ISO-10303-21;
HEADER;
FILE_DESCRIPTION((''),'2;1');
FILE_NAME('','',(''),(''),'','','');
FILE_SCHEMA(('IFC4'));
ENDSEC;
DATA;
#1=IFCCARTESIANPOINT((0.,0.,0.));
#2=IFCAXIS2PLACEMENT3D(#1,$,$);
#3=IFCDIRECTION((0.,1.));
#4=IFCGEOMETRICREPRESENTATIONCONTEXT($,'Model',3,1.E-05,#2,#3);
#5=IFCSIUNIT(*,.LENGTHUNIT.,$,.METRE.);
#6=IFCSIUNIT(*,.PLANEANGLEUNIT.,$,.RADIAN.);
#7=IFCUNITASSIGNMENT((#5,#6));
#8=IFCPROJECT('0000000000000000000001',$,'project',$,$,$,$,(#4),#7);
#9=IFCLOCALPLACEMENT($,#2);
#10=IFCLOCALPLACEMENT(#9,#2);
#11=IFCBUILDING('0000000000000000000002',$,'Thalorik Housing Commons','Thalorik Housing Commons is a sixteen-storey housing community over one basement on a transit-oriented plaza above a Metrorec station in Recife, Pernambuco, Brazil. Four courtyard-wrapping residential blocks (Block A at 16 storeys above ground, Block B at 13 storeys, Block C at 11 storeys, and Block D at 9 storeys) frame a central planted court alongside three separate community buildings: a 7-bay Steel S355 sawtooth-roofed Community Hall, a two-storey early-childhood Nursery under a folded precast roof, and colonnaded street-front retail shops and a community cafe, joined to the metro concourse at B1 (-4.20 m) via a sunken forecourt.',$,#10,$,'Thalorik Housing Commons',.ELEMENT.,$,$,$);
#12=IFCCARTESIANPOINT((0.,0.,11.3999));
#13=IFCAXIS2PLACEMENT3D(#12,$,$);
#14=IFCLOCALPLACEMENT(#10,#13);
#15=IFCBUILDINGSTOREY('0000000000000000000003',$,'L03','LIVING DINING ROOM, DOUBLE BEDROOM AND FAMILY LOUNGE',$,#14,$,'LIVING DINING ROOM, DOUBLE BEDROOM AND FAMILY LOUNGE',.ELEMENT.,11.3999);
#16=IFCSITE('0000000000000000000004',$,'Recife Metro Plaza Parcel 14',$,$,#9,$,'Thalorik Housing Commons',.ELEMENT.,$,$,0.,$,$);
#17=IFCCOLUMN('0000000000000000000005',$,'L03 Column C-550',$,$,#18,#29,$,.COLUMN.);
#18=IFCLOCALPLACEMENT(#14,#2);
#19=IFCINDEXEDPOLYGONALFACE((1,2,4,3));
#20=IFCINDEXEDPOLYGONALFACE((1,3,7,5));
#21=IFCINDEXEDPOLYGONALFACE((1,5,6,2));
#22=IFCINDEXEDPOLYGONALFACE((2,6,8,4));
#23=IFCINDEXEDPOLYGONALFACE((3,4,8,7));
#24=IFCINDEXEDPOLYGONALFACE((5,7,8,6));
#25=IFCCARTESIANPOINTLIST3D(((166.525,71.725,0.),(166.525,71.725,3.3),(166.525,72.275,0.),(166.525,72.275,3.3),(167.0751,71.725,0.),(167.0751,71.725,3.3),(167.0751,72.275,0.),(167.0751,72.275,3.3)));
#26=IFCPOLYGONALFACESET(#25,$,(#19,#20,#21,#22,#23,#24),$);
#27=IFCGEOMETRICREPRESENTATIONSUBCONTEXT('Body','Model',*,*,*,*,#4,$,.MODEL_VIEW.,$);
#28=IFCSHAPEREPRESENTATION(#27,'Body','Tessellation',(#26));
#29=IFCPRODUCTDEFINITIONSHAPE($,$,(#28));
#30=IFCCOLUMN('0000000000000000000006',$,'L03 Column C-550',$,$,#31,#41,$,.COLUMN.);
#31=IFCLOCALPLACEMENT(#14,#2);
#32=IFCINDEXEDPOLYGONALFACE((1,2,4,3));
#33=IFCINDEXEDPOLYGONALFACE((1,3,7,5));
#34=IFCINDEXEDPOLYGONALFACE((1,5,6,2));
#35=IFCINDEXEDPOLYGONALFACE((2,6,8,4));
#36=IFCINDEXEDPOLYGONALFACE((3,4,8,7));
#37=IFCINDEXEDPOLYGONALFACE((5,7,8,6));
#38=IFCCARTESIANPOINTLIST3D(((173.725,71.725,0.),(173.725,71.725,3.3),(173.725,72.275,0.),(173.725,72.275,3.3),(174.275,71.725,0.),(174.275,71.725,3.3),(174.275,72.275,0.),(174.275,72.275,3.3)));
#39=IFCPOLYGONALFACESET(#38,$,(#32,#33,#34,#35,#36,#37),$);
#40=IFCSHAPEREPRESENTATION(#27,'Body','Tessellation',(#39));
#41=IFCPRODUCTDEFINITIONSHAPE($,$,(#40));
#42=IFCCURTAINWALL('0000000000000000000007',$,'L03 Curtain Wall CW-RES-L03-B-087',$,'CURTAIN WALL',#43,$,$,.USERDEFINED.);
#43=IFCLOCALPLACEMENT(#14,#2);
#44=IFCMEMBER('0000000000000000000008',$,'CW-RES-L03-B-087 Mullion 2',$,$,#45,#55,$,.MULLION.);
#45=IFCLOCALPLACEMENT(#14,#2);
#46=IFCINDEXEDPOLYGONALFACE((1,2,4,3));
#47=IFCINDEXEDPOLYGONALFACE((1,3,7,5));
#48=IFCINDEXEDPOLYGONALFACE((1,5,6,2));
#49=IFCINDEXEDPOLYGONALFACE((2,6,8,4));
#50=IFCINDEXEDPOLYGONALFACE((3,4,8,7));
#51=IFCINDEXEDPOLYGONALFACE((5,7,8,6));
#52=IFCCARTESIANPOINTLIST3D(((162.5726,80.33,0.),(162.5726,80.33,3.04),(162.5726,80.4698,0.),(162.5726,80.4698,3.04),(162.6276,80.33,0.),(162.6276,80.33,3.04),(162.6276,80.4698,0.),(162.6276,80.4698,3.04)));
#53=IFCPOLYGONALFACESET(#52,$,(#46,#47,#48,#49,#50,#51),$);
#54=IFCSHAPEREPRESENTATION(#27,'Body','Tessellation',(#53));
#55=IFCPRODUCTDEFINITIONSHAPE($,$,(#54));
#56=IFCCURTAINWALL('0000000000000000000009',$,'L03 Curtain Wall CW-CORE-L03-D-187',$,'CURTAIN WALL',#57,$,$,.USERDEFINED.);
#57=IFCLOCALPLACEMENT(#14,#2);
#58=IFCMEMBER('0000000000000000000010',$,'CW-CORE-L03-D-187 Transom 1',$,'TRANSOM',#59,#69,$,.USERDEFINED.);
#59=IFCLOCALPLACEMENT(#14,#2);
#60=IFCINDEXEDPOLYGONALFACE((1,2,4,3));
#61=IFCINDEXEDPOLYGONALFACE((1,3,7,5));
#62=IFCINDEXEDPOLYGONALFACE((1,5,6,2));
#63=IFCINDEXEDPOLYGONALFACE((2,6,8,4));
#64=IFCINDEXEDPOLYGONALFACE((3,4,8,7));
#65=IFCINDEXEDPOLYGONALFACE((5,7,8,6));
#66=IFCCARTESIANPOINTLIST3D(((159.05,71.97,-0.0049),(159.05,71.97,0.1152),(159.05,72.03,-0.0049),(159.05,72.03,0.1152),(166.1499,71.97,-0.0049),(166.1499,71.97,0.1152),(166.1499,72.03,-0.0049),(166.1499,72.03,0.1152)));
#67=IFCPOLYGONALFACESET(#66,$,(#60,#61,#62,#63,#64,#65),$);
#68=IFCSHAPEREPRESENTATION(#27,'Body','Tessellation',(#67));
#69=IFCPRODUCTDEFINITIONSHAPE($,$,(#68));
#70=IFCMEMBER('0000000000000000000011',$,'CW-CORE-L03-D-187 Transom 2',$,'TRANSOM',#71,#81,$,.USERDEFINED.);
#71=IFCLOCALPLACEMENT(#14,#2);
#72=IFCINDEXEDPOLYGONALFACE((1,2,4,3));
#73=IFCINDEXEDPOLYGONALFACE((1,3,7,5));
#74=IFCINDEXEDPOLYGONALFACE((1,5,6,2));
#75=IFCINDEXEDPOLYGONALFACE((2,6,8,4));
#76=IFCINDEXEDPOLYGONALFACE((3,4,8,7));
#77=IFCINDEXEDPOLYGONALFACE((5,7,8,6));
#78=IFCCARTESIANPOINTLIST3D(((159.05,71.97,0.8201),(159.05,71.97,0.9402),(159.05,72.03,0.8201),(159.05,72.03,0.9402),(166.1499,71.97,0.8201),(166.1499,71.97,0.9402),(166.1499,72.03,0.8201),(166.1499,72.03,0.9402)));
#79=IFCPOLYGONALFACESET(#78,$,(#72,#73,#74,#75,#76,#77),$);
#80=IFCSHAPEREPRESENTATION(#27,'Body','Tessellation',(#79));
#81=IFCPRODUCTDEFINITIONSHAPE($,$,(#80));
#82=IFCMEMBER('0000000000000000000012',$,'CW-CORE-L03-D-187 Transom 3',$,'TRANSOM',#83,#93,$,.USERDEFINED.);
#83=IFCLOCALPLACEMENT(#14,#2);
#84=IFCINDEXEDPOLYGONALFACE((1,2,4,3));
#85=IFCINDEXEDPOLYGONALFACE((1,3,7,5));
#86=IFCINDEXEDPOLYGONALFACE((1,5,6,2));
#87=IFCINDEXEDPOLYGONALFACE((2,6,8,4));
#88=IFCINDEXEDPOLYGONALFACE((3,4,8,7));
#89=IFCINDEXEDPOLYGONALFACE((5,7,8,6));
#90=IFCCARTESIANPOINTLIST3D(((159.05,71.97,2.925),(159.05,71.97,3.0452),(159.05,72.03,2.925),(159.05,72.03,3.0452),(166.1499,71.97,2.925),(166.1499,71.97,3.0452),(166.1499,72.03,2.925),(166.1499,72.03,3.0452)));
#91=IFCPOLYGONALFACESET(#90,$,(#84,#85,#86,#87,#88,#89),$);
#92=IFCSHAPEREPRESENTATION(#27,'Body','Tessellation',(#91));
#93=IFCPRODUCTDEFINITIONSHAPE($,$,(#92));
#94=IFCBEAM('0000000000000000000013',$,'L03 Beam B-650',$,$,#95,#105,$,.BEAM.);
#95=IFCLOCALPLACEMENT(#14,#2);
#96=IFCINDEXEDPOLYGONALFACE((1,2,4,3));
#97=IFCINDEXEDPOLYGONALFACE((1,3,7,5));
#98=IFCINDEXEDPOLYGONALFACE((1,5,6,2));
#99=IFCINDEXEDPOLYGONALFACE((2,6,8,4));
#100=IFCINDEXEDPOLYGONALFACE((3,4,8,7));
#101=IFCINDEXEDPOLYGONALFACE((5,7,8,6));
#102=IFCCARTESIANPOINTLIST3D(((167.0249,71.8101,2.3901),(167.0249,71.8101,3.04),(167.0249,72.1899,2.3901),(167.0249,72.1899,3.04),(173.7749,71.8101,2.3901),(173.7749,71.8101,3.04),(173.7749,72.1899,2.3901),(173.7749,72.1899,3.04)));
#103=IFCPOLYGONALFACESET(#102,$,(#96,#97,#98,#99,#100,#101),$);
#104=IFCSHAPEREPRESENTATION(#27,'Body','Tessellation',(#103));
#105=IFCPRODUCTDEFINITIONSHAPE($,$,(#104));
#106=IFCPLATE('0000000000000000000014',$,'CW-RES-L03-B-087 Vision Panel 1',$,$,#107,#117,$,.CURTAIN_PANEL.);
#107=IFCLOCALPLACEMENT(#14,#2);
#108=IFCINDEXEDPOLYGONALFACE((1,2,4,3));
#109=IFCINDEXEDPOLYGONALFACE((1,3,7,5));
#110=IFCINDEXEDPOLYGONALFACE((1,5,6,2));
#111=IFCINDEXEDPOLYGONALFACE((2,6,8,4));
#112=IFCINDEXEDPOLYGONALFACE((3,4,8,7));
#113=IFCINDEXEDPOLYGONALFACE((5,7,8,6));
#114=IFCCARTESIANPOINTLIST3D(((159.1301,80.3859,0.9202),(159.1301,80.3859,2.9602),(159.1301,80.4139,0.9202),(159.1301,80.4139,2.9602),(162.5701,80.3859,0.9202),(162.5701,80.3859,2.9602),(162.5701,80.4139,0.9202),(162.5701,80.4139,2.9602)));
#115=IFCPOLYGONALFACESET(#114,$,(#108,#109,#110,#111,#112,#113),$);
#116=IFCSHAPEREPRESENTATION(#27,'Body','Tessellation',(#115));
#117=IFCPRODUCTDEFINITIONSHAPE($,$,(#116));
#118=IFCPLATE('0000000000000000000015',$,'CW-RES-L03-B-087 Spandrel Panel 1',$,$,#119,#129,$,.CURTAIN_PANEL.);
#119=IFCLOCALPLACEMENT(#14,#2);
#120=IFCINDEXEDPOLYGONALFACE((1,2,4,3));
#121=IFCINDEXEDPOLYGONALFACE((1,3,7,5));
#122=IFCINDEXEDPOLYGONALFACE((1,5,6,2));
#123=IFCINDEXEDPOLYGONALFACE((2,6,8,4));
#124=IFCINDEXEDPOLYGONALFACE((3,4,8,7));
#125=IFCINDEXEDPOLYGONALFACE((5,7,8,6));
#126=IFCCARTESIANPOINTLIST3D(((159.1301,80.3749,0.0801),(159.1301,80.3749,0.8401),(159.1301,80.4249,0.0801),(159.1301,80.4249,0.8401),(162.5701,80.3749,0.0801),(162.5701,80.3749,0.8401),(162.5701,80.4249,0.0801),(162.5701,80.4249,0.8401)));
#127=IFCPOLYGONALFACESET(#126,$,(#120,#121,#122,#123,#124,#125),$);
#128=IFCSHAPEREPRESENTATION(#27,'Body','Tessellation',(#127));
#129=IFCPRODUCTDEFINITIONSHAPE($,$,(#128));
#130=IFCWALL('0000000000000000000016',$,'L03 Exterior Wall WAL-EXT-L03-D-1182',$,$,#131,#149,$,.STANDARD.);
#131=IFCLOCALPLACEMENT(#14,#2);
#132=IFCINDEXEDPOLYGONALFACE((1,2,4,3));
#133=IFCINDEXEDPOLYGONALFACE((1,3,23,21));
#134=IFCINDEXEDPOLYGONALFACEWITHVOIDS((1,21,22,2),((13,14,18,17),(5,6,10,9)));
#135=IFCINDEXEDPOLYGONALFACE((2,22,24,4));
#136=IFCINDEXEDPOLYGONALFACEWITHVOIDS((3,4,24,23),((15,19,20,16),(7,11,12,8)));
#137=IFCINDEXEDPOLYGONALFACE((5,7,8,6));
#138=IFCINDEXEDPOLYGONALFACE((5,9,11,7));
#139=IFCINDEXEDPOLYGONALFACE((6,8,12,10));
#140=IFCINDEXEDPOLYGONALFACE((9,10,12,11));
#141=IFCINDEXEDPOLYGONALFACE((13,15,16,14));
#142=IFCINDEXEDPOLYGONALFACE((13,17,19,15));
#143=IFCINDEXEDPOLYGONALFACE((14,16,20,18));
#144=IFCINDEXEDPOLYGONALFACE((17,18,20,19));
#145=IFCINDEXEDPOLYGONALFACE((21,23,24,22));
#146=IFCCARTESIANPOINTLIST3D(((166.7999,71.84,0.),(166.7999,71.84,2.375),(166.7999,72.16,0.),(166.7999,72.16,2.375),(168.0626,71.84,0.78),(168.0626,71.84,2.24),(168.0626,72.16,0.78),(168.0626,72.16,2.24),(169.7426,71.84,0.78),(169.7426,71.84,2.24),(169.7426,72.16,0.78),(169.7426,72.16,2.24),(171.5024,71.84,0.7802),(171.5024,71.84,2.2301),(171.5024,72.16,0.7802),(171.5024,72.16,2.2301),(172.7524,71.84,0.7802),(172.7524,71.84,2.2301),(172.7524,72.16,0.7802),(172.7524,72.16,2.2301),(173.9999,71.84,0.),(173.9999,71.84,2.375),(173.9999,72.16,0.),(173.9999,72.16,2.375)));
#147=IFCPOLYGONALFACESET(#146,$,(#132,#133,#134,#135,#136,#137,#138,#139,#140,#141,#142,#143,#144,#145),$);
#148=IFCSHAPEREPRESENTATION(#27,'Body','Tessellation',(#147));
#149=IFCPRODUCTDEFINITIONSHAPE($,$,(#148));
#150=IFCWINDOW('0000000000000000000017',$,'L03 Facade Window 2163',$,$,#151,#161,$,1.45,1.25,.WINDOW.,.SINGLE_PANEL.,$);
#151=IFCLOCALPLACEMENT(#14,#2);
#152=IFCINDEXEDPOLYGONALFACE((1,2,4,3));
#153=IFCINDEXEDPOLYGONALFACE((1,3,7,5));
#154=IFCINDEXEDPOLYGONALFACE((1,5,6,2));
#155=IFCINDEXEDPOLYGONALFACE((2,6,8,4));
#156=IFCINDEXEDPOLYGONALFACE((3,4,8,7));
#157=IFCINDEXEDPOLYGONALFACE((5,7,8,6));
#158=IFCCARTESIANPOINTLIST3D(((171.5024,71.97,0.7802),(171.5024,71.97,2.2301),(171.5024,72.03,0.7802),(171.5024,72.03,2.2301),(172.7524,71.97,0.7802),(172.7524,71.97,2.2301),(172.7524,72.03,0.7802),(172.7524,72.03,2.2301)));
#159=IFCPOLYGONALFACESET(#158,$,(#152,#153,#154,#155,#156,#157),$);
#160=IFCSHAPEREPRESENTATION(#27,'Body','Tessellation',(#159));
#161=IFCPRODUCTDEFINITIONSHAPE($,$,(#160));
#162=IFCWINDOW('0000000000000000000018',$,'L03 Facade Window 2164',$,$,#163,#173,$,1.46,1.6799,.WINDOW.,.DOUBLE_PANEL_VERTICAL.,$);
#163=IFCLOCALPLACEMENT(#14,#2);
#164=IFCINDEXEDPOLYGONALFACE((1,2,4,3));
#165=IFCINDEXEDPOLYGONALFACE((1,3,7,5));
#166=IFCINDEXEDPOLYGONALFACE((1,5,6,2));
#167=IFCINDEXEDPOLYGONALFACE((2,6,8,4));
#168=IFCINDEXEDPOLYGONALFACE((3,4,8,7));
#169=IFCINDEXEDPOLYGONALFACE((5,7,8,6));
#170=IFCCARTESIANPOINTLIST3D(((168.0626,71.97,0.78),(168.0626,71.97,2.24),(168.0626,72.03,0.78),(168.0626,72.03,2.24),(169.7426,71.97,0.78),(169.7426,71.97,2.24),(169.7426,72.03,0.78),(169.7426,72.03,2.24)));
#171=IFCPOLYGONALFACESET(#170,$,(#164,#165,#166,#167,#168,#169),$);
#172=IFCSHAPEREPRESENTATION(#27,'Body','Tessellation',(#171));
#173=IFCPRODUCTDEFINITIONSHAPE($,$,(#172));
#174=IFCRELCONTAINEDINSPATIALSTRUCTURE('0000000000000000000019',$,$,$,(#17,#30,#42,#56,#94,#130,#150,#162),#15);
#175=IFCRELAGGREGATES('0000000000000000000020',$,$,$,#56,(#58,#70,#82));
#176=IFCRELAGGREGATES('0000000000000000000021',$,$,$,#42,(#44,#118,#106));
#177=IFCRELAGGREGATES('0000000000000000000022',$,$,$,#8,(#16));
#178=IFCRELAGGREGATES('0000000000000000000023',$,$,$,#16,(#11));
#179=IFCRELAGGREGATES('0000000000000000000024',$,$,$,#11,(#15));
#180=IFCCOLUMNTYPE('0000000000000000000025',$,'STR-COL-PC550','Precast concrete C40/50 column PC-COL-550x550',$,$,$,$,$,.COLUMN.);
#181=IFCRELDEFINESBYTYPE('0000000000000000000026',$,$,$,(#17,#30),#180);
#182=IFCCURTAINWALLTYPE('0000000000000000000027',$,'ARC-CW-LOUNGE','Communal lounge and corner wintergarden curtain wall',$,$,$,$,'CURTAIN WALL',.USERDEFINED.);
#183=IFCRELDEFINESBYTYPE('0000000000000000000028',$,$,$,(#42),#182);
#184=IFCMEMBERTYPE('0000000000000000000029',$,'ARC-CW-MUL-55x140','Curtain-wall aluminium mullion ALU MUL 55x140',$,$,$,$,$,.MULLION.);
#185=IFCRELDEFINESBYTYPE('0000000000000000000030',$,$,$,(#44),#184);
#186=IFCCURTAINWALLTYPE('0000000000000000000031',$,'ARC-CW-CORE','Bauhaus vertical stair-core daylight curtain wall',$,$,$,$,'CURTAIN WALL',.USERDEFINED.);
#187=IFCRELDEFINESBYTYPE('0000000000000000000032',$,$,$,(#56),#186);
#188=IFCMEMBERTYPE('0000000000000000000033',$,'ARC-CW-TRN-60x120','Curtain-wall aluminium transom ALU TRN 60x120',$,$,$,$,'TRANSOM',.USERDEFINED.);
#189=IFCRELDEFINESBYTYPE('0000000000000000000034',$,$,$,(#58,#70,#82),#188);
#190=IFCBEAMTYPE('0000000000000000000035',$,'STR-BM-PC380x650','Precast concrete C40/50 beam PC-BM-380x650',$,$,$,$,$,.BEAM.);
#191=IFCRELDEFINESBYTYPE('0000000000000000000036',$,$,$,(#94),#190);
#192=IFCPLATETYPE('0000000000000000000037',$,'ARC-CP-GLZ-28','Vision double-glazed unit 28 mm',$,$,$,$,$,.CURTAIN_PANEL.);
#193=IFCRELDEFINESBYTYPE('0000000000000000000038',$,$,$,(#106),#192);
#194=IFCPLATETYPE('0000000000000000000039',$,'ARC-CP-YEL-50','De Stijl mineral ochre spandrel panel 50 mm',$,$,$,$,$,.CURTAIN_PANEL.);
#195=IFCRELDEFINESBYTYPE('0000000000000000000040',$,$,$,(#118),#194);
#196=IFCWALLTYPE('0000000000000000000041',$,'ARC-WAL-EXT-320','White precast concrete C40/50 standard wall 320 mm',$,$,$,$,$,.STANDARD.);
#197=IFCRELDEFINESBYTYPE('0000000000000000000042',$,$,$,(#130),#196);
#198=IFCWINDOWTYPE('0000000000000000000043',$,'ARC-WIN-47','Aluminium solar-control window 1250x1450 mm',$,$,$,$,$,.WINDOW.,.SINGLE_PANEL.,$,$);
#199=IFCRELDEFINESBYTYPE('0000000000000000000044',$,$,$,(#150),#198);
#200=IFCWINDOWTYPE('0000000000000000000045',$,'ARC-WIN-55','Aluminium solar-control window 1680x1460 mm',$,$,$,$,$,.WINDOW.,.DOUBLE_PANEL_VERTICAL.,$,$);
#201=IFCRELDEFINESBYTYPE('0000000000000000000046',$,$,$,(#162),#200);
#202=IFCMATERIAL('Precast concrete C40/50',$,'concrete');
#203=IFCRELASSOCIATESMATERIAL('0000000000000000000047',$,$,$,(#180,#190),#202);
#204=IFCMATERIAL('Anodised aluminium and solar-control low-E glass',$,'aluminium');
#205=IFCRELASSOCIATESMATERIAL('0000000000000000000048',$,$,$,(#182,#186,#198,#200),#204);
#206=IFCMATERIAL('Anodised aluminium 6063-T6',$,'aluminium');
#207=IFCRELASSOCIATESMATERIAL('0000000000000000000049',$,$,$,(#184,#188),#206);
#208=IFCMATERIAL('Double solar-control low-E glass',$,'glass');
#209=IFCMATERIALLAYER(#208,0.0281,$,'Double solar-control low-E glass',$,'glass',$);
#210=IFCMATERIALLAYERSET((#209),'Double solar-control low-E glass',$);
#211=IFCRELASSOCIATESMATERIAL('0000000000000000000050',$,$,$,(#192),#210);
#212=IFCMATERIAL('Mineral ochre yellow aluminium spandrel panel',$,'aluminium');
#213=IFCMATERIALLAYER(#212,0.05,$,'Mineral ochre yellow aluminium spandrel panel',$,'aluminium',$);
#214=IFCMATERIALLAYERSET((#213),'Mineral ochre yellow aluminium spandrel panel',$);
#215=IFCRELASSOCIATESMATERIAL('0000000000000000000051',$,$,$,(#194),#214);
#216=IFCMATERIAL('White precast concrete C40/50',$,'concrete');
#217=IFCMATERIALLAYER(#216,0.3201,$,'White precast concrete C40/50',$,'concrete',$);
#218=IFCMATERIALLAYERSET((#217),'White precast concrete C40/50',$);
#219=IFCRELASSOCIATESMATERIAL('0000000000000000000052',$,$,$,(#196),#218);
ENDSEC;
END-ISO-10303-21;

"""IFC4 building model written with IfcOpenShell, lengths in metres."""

from ifc_helpers import new_model, si_unit, direction, frame, frame_2d, origin, origin_2d, place, context, subcontext, project, spatial, rectangle, extrude, material, layer, layer_set, material_profile, profile_set, type_object, element, fill, aggregate, save


model = new_model("IFC4")

# Units and contexts
model_context = context("Model", 3, precision=1e-05, world=origin(), true_north=direction((0.0, 1.0)))
body_context = subcontext(model_context, "Body", "Model", "MODEL_VIEW")
ifc_project = project(units=[si_unit("LENGTHUNIT", "METRE"), si_unit("PLANEANGLEUNIT", "RADIAN")], contexts=[model_context])

# Site, building, storey
site_placement = place(None, origin())
site = spatial("IfcSite", under=ifc_project, at=site_placement, Name="Recife Metro Plaza Parcel 14", LongName="Thalorik Housing Commons", CompositionType="ELEMENT", RefElevation=0.0)
building_placement = place(site_placement, origin())
building = spatial("IfcBuilding", under=site, at=building_placement, Name="Thalorik Housing Commons", Description="Thalorik Housing Commons is a sixteen-storey housing community over one basement on a transit-oriented plaza above a Metrorec station in Recife, Pernambuco, Brazil. Four courtyard-wrapping residential blocks (Block A at 16 storeys above ground, Block B at 13 storeys, Block C at 11 storeys, and Block D at 9 storeys) frame a central planted court alongside three separate community buildings: a 7-bay Steel S355 sawtooth-roofed Community Hall, a two-storey early-childhood Nursery under a folded precast roof, and colonnaded street-front retail shops and a community cafe, joined to the metro concourse at B1 (-4.20 m) via a sunken forecourt.", LongName="Thalorik Housing Commons", CompositionType="ELEMENT")
storey_placement = place(building_placement, frame((0.0, 0.0, 11.3999)))
storey = spatial("IfcBuildingStorey", under=building, at=storey_placement, Name="L03", Description="LIVING DINING ROOM, DOUBLE BEDROOM AND FAMILY LOUNGE", LongName="LIVING DINING ROOM, DOUBLE BEDROOM AND FAMILY LOUNGE", CompositionType="ELEMENT", Elevation=11.3999)

# Columns
ifc_material_1 = material(Name="Precast concrete C40/50", Category="concrete")
ifc_material_profile_1 = material_profile(ifc_material_1, rectangle(XDim=0.55, YDim=0.55, at=origin_2d()), Name="PC 550x550", Category="concrete")
ifc_profile_set_1 = profile_set([ifc_material_profile_1], Name="Precast concrete C40/50")
column_type = type_object("IfcColumnType", Name="STR-COL-PC550", Description="Precast concrete C40/50 column PC-COL-550x550", PredefinedType="COLUMN", material=ifc_profile_set_1)
for number, where, z_axis, x_axis, name in (
    (1, (166.8, 72.0, 0.0), (0.0, 0.0, 1.0), (1.0, 0.0, 0.0), "L03 Column C-550"),
    (2, (174.0, 72.0, 0.0), (0.0, 0.0, 1.0), (1.0, 0.0, 0.0), "L03 Column C-550"),
):
    element("IfcColumn", number, at=place(storey_placement, frame(where, z_axis=z_axis, x_axis=x_axis)), inside=storey, type_object=column_type, Name=name, PredefinedType="COLUMN", context=body_context, shape_type="SweptSolid", body=[
        extrude(rectangle(XDim=0.55, YDim=0.55, at=origin_2d()), origin(), (0.0, 0.0, 1.0), 3.3),
    ])

# Curtain wall, member
ifc_material_2 = material(Name="Anodised aluminium and solar-control low-E glass", Category="aluminium")
curtain_wall_type_1 = type_object("IfcCurtainWallType", Name="ARC-CW-LOUNGE", Description="Communal lounge and corner wintergarden curtain wall", ElementType="CURTAIN WALL", PredefinedType="USERDEFINED", material=ifc_material_2)
curtain_wall_1_placement = place(storey_placement, origin())
curtain_wall_1 = element("IfcCurtainWall", 3, at=curtain_wall_1_placement, inside=storey, type_object=curtain_wall_type_1, Name="L03 Curtain Wall CW-RES-L03-B-087", ObjectType="CURTAIN WALL", PredefinedType="USERDEFINED")
ifc_material_3 = material(Name="Anodised aluminium 6063-T6", Category="aluminium")
ifc_material_profile_2 = material_profile(ifc_material_3, rectangle(XDim=0.0549, YDim=0.1399, at=origin_2d()), Name="ALU MUL 55x140", Category="aluminium")
ifc_profile_set_2 = profile_set([ifc_material_profile_2], Name="Anodised aluminium 6063-T6")
member_type_1 = type_object("IfcMemberType", Name="ARC-CW-MUL-55x140", Description="Curtain-wall aluminium mullion ALU MUL 55x140", PredefinedType="MULLION", material=ifc_profile_set_2)
member_1_placement = place(storey_placement, frame((162.6001, 80.3999, 0.0), z_axis=(0.0, 0.0, 1.0), x_axis=(1.0, 0.0, 0.0)))
member_1 = element("IfcMember", 4, at=member_1_placement, type_object=member_type_1, Name="CW-RES-L03-B-087 Mullion 2", PredefinedType="MULLION", context=body_context, shape_type="SweptSolid", body=[
    extrude(rectangle(XDim=0.0549, YDim=0.1399, at=origin_2d()), origin(), (0.0, 0.0, 1.0), 3.04),
])

# Curtain wall, members
curtain_wall_type_2 = type_object("IfcCurtainWallType", Name="ARC-CW-CORE", Description="Bauhaus vertical stair-core daylight curtain wall", ElementType="CURTAIN WALL", PredefinedType="USERDEFINED", material=ifc_material_2)
curtain_wall_2_placement = place(storey_placement, origin())
curtain_wall_2 = element("IfcCurtainWall", 5, at=curtain_wall_2_placement, inside=storey, type_object=curtain_wall_type_2, Name="L03 Curtain Wall CW-CORE-L03-D-187", ObjectType="CURTAIN WALL", PredefinedType="USERDEFINED")
ifc_material_profile_3 = material_profile(ifc_material_3, rectangle(XDim=0.0601, YDim=0.1201, at=origin_2d()), Name="ALU TRN 60x120", Category="aluminium")
ifc_profile_set_3 = profile_set([ifc_material_profile_3], Name="Anodised aluminium 6063-T6")
member_type_2 = type_object("IfcMemberType", Name="ARC-CW-TRN-60x120", Description="Curtain-wall aluminium transom ALU TRN 60x120", ElementType="TRANSOM", PredefinedType="USERDEFINED", material=ifc_profile_set_3)
member_2_placement = place(storey_placement, frame((166.1499, 72.0, 0.0552), z_axis=(-1.0, 0.0, 0.0), x_axis=(0.0, -1.0, 0.0)))
member_2 = element("IfcMember", 6, at=member_2_placement, type_object=member_type_2, Name="CW-CORE-L03-D-187 Transom 1", ObjectType="TRANSOM", PredefinedType="USERDEFINED", context=body_context, shape_type="SweptSolid", body=[
    extrude(rectangle(XDim=0.0601, YDim=0.1201, at=origin_2d()), origin(), (0.0, 0.0, 1.0), 7.0999),
])
member_3_placement = place(storey_placement, frame((166.1499, 72.0, 0.8801), z_axis=(-1.0, 0.0, 0.0), x_axis=(0.0, -1.0, 0.0)))
member_3 = element("IfcMember", 7, at=member_3_placement, type_object=member_type_2, Name="CW-CORE-L03-D-187 Transom 2", ObjectType="TRANSOM", PredefinedType="USERDEFINED", context=body_context, shape_type="SweptSolid", body=[
    extrude(rectangle(XDim=0.0601, YDim=0.1201, at=origin_2d()), origin(), (0.0, 0.0, 1.0), 7.0999),
])
member_4_placement = place(storey_placement, frame((166.1499, 72.0, 2.9851), z_axis=(-1.0, 0.0, 0.0), x_axis=(0.0, -1.0, 0.0)))
member_4 = element("IfcMember", 8, at=member_4_placement, type_object=member_type_2, Name="CW-CORE-L03-D-187 Transom 3", ObjectType="TRANSOM", PredefinedType="USERDEFINED", context=body_context, shape_type="SweptSolid", body=[
    extrude(rectangle(XDim=0.0601, YDim=0.1201, at=origin_2d()), origin(), (0.0, 0.0, 1.0), 7.0999),
])
aggregate(curtain_wall_2, [member_2, member_3, member_4])

# Beam
ifc_material_profile_4 = material_profile(ifc_material_1, rectangle(XDim=0.3799, YDim=0.6499, at=origin_2d()), Name="PC 380x650", Category="concrete")
ifc_profile_set_4 = profile_set([ifc_material_profile_4], Name="Precast concrete C40/50")
beam_type = type_object("IfcBeamType", Name="STR-BM-PC380x650", Description="Precast concrete C40/50 beam PC-BM-380x650", PredefinedType="BEAM", material=ifc_profile_set_4)
beam_placement = place(storey_placement, frame((167.0249, 72.0, 2.7151), z_axis=(1.0, 0.0, 0.0), x_axis=(0.0, 1.0, 0.0)))
element("IfcBeam", 9, at=beam_placement, inside=storey, type_object=beam_type, Name="L03 Beam B-650", PredefinedType="BEAM", context=body_context, shape_type="SweptSolid", body=[
    extrude(rectangle(XDim=0.3799, YDim=0.6499, at=origin_2d()), origin(), (0.0, 0.0, 1.0), 6.75),
])

# Plates
ifc_material_4 = material(Name="Double solar-control low-E glass", Category="glass")
ifc_layer_1 = layer(ifc_material_4, 0.0281, Name="Double solar-control low-E glass", Category="glass")
ifc_layer_set_1 = layer_set([ifc_layer_1], Name="Double solar-control low-E glass")
plate_type_1 = type_object("IfcPlateType", Name="ARC-CP-GLZ-28", Description="Vision double-glazed unit 28 mm", PredefinedType="CURTAIN_PANEL", material=ifc_layer_set_1)
plate_1_placement = place(storey_placement, frame((160.8501, 80.3999, 0.9202), z_axis=(0.0, 0.0, 1.0), x_axis=(1.0, 0.0, 0.0)))
plate_1 = element("IfcPlate", 10, at=plate_1_placement, type_object=plate_type_1, Name="CW-RES-L03-B-087 Vision Panel 1", PredefinedType="CURTAIN_PANEL", context=body_context, shape_type="SweptSolid", body=[
    extrude(rectangle(XDim=3.4399, YDim=0.0281, at=origin_2d()), origin(), (0.0, 0.0, 1.0), 2.04),
])
ifc_material_5 = material(Name="Mineral ochre yellow aluminium spandrel panel", Category="aluminium")
ifc_layer_2 = layer(ifc_material_5, 0.05, Name="Mineral ochre yellow aluminium spandrel panel", Category="aluminium")
ifc_layer_set_2 = layer_set([ifc_layer_2], Name="Mineral ochre yellow aluminium spandrel panel")
plate_type_2 = type_object("IfcPlateType", Name="ARC-CP-YEL-50", Description="De Stijl mineral ochre spandrel panel 50 mm", PredefinedType="CURTAIN_PANEL", material=ifc_layer_set_2)
plate_2_placement = place(storey_placement, frame((160.8501, 80.3999, 0.0801), z_axis=(0.0, 0.0, 1.0), x_axis=(1.0, 0.0, 0.0)))
plate_2 = element("IfcPlate", 11, at=plate_2_placement, type_object=plate_type_2, Name="CW-RES-L03-B-087 Spandrel Panel 1", PredefinedType="CURTAIN_PANEL", context=body_context, shape_type="SweptSolid", body=[
    extrude(rectangle(XDim=3.4399, YDim=0.05, at=origin_2d()), origin(), (0.0, 0.0, 1.0), 0.76),
])
aggregate(curtain_wall_1, [member_1, plate_2, plate_1])

# Wall, openings, windows
ifc_material_6 = material(Name="White precast concrete C40/50", Category="concrete")
ifc_layer_3 = layer(ifc_material_6, 0.3201, Name="White precast concrete C40/50", Category="concrete")
ifc_layer_set_3 = layer_set([ifc_layer_3], Name="White precast concrete C40/50")
wall_type = type_object("IfcWallType", Name="ARC-WAL-EXT-320", Description="White precast concrete C40/50 standard wall 320 mm", PredefinedType="STANDARD", material=ifc_layer_set_3)
wall_1_placement = place(storey_placement, frame((174.0, 72.0, 0.0), z_axis=(0.0, 0.0, 1.0), x_axis=(-1.0, 0.0, 0.0)))
wall_1 = element("IfcWall", 12, at=wall_1_placement, inside=storey, type_object=wall_type, Name="L03 Exterior Wall WAL-EXT-L03-D-1182", PredefinedType="STANDARD", context=body_context, shape_type="SweptSolid", body=[
    extrude(rectangle(XDim=7.2, YDim=0.3201, at=frame_2d((3.6001, 0.0))), origin(), (0.0, 0.0, 1.0), 2.375),
])
opening_1_placement = place(wall_1_placement, frame((1.2476, 0.0, 0.78)))
opening_1 = element("IfcOpeningElement", 13, at=opening_1_placement, cuts=wall_1, PredefinedType="OPENING", context=body_context, shape_type="SweptSolid", body=[
    extrude(rectangle(XDim=1.25, YDim=1.45, at=frame_2d((0.625, 0.7251))), frame((0.0, 0.1699, 0.0), z_axis=(0.0, -1.0, 0.0), x_axis=(1.0, 0.0, 0.0)), (0.0, 0.0, 1.0), 0.3401),
])
opening_2_placement = place(wall_1_placement, frame((4.2576, 0.0, 0.78)))
opening_2 = element("IfcOpeningElement", 14, at=opening_2_placement, cuts=wall_1, PredefinedType="OPENING", context=body_context, shape_type="SweptSolid", body=[
    extrude(rectangle(XDim=1.6799, YDim=1.46, at=frame_2d((0.8398, 0.73))), frame((0.0, 0.1699, 0.0), z_axis=(0.0, -1.0, 0.0), x_axis=(1.0, 0.0, 0.0)), (0.0, 0.0, 1.0), 0.3401),
])
window_type_1 = type_object("IfcWindowType", Name="ARC-WIN-47", Description="Aluminium solar-control window 1250x1450 mm", PartitioningType="SINGLE_PANEL", PredefinedType="WINDOW", material=ifc_material_2)
window_1_placement = place(opening_1_placement, origin())
window_1 = element("IfcWindow", 15, at=window_1_placement, inside=storey, type_object=window_type_1, Name="L03 Facade Window 2163", OverallHeight=1.45, OverallWidth=1.25, PartitioningType="SINGLE_PANEL", PredefinedType="WINDOW", context=body_context, shape_type="SweptSolid", body=[
    extrude(rectangle(XDim=1.25, YDim=1.45, at=frame_2d((0.625, 0.7251))), frame((0.0, 0.03, 0.0), z_axis=(0.0, -1.0, 0.0), x_axis=(1.0, 0.0, 0.0)), (0.0, 0.0, 1.0), 0.0601),
])
fill(opening_1, window_1)
window_type_2 = type_object("IfcWindowType", Name="ARC-WIN-55", Description="Aluminium solar-control window 1680x1460 mm", PartitioningType="DOUBLE_PANEL_VERTICAL", PredefinedType="WINDOW", material=ifc_material_2)
window_2_placement = place(opening_2_placement, origin())
window_2 = element("IfcWindow", 16, at=window_2_placement, inside=storey, type_object=window_type_2, Name="L03 Facade Window 2164", OverallHeight=1.46, OverallWidth=1.6799, PartitioningType="DOUBLE_PANEL_VERTICAL", PredefinedType="WINDOW", context=body_context, shape_type="SweptSolid", body=[
    extrude(rectangle(XDim=1.6799, YDim=1.46, at=frame_2d((0.8398, 0.73))), frame((0.0, 0.03, 0.0), z_axis=(0.0, -1.0, 0.0), x_axis=(1.0, 0.0, 0.0)), (0.0, 0.0, 1.0), 0.0601),
])
fill(opening_2, window_2)

save(model, "model.ifc")
